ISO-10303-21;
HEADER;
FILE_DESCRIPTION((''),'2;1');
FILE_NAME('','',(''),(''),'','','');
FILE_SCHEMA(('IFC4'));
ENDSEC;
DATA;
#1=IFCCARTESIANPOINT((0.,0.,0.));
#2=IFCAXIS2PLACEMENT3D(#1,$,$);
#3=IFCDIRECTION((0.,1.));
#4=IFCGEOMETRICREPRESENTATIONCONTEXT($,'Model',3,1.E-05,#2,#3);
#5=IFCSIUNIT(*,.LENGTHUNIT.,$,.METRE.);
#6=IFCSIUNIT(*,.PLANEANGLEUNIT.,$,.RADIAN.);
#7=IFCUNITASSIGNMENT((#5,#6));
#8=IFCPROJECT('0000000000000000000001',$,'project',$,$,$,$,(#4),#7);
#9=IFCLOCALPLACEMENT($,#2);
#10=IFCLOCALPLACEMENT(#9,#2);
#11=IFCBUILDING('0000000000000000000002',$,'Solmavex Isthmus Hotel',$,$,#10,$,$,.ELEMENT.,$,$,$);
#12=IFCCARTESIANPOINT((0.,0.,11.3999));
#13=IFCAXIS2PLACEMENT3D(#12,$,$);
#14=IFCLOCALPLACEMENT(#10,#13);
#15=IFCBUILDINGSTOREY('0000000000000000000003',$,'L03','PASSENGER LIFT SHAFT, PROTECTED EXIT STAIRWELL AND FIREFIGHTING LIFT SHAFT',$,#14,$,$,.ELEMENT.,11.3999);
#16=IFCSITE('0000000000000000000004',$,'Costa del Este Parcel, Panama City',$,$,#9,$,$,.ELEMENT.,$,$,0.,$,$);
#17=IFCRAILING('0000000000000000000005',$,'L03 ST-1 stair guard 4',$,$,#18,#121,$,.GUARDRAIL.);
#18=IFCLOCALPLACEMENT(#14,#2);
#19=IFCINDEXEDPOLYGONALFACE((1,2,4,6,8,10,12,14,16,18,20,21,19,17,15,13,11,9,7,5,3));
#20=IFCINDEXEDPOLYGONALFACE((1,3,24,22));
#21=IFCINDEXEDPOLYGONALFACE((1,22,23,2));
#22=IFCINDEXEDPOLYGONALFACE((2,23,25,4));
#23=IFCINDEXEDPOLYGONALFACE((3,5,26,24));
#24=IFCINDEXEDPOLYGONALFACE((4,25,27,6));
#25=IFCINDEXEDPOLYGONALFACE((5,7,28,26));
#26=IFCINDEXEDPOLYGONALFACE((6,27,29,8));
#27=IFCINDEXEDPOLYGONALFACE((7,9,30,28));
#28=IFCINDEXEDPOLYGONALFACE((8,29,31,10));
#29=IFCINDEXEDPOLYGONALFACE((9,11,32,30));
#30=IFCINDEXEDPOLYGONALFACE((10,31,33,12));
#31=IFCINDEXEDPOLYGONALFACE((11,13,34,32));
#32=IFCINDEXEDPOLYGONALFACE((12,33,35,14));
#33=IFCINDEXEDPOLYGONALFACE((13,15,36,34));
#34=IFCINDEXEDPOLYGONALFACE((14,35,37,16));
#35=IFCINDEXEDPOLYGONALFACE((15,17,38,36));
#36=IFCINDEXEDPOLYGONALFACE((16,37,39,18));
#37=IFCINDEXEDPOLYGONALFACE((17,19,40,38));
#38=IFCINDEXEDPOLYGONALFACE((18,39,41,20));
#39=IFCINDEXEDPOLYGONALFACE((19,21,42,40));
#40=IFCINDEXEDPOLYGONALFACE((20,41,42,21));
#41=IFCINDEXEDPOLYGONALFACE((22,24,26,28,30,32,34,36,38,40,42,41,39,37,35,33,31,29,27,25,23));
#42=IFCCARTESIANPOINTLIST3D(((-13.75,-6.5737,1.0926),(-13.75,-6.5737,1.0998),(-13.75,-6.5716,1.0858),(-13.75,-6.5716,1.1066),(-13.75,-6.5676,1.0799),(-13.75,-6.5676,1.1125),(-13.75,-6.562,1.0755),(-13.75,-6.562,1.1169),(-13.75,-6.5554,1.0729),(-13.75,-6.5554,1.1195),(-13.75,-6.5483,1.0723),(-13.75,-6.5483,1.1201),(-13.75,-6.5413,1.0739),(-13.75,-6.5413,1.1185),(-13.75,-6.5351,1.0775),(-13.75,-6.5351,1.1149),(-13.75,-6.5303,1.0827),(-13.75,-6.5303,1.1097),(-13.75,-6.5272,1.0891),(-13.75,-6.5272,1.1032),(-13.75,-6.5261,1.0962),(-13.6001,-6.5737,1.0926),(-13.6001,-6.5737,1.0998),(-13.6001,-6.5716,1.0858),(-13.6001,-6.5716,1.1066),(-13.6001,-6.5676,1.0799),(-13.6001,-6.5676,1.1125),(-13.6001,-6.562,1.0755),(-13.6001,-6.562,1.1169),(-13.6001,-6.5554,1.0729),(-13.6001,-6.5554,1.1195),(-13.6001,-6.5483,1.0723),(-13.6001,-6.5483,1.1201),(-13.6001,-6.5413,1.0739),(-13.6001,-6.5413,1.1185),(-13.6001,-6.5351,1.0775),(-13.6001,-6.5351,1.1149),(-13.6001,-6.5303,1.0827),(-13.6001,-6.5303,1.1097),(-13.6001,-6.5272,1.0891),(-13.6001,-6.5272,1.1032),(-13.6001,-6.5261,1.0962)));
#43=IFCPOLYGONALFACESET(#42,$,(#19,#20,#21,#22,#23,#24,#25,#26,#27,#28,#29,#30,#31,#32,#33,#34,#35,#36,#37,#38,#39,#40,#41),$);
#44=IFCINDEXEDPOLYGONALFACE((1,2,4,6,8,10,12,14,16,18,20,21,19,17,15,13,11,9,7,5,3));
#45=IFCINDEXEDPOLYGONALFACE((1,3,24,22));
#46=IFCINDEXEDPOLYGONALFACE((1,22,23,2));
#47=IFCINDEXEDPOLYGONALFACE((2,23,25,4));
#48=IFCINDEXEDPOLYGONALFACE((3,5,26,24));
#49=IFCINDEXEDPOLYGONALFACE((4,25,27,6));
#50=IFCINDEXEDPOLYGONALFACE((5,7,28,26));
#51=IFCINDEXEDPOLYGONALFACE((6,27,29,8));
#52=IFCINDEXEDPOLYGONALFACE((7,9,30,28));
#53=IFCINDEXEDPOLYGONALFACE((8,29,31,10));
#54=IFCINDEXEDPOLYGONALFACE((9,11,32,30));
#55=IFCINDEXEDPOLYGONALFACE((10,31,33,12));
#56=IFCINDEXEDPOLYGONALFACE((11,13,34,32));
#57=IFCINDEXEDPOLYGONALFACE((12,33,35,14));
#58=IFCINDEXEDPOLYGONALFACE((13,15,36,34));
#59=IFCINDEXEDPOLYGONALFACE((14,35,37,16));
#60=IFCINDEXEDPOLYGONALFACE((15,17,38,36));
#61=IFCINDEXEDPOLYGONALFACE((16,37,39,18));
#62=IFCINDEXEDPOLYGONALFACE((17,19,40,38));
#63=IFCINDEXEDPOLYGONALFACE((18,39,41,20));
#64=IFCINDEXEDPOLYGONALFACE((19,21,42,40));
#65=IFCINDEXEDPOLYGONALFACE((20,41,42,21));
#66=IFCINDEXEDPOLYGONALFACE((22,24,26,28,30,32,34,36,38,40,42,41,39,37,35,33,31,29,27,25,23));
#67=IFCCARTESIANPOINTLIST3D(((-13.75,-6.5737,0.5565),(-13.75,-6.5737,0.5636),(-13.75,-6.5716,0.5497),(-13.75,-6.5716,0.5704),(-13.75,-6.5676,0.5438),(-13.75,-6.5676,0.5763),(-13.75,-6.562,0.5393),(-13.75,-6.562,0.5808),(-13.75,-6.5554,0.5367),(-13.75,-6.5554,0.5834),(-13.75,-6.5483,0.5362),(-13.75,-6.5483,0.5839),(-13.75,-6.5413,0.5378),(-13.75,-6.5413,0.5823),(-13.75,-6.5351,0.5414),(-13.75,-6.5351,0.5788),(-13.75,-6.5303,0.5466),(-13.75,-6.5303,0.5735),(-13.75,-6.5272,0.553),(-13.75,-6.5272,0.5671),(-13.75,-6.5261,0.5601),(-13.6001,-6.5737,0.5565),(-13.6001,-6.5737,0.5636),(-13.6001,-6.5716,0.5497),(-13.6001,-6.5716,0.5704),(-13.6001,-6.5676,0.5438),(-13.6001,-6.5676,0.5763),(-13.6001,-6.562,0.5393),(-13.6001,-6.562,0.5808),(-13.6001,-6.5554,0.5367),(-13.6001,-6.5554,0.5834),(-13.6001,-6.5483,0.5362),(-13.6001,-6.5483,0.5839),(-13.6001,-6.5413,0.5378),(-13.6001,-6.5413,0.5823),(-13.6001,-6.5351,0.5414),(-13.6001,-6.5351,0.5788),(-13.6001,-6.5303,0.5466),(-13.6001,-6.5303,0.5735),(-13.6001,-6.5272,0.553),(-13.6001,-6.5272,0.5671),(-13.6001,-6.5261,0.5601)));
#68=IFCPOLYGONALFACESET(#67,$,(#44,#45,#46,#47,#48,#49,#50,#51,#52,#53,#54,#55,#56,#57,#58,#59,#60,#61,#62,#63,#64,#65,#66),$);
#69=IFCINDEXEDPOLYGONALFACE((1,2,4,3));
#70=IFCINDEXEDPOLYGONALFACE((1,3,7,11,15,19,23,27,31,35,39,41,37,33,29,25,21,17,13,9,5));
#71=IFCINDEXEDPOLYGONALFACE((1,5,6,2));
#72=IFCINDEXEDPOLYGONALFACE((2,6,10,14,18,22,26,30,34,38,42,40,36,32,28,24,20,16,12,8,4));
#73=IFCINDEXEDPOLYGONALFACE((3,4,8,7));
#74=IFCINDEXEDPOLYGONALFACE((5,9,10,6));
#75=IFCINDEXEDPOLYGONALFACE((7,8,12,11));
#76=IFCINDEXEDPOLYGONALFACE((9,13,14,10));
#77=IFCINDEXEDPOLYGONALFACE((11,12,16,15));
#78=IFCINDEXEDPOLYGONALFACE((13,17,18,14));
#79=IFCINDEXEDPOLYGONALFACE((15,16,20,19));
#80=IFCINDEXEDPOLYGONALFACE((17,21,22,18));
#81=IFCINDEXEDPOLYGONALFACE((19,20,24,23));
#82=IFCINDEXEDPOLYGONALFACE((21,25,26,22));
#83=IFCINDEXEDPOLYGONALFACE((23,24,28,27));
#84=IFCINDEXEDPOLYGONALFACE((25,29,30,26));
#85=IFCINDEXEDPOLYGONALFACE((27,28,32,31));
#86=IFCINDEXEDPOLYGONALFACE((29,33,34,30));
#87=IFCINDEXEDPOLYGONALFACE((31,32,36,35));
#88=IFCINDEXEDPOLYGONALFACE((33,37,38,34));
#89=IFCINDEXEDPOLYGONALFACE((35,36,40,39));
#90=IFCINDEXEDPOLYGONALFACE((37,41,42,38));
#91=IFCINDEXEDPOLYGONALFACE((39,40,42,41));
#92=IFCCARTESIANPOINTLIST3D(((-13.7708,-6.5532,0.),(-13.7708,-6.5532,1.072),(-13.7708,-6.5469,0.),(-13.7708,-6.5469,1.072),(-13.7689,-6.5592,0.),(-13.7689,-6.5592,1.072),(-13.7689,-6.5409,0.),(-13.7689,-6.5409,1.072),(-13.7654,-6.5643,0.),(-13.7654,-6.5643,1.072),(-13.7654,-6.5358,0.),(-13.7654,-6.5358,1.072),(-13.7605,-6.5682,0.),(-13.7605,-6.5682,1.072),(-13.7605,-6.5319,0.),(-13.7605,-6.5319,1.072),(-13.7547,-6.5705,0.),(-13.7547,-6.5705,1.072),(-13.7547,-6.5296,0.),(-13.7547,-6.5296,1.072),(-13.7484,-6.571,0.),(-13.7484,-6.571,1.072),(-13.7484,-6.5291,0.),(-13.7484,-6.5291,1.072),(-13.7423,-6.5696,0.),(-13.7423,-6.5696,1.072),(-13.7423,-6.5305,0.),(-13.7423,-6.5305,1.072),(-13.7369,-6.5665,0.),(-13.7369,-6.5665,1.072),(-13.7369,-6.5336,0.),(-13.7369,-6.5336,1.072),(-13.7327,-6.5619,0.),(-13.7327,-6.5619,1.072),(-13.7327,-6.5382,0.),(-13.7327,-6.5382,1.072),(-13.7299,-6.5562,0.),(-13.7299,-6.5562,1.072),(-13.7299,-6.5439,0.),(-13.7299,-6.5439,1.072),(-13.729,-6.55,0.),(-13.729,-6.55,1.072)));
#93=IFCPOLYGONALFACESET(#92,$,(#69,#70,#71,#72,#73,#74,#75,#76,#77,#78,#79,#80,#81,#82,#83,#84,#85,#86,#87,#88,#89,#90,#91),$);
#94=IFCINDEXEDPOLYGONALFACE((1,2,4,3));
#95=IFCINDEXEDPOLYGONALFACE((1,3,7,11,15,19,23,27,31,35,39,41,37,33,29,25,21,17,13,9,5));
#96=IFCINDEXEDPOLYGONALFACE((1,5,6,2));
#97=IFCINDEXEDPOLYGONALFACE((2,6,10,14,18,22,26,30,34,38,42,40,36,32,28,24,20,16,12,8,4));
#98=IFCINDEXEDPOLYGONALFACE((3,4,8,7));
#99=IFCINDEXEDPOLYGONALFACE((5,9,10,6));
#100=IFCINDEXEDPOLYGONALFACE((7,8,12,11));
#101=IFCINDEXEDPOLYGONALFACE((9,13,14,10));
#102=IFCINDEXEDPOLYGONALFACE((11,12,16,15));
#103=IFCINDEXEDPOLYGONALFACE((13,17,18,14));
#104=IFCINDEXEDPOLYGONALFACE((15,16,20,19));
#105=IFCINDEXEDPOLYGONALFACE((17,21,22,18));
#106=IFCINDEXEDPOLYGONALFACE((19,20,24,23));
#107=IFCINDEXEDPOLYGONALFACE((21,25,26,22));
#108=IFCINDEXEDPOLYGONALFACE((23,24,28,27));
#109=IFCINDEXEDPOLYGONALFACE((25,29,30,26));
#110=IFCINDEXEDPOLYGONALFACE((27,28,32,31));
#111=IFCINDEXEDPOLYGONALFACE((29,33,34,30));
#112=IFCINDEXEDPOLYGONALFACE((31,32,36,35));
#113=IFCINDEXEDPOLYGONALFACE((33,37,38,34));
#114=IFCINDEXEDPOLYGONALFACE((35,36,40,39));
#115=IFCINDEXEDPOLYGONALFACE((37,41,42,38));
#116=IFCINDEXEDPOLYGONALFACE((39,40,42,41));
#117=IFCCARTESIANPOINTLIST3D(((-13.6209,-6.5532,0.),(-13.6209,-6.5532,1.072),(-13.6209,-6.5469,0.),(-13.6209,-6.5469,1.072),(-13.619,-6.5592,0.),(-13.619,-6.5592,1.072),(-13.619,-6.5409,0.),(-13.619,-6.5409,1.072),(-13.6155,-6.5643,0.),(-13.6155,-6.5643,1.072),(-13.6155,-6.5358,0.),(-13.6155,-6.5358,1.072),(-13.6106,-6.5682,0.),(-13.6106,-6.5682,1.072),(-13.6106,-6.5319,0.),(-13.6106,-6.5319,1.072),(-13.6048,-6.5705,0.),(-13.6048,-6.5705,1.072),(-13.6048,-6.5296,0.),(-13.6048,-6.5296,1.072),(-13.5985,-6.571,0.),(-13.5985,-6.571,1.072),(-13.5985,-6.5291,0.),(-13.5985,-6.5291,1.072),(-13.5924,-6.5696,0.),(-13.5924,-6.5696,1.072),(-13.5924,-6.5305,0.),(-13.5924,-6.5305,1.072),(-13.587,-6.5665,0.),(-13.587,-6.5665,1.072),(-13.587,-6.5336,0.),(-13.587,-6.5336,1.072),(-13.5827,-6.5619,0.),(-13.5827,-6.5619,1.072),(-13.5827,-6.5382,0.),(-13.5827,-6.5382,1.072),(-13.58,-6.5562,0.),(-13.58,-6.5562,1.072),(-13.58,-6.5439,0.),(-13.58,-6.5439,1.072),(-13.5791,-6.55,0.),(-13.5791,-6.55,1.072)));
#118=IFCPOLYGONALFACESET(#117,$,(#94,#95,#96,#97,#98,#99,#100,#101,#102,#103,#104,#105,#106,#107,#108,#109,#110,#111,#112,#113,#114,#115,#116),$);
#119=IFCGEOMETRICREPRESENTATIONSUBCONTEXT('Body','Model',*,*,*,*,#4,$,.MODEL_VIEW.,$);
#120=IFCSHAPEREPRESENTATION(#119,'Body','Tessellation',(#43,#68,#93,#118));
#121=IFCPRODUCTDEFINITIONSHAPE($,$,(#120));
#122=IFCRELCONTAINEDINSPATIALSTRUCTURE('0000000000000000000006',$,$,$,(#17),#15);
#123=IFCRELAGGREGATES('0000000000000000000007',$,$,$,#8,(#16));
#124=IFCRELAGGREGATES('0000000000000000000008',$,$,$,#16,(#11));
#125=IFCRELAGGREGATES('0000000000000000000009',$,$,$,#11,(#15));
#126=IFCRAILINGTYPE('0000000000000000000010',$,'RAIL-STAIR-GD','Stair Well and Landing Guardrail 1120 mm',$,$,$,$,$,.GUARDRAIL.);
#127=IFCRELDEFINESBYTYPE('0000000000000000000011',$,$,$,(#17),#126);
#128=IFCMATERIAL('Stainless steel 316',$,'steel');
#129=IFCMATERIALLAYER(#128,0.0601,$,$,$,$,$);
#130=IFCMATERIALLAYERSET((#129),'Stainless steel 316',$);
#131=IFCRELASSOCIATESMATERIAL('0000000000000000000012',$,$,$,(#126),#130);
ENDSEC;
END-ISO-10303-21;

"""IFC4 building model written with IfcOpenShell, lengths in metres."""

from ifc_helpers import new_model, si_unit, direction, frame, origin, origin_2d, place, context, subcontext, project, spatial, circle, extrude, material, layer, layer_set, type_object, element, save


model = new_model("IFC4")

# Units and contexts
model_context = context("Model", 3, precision=1e-05, world=origin(), true_north=direction((0.0, 1.0)))
body_context = subcontext(model_context, "Body", "Model", "MODEL_VIEW")
ifc_project = project(units=[si_unit("LENGTHUNIT", "METRE"), si_unit("PLANEANGLEUNIT", "RADIAN")], contexts=[model_context])

# Site, building, storey
site_placement = place(None, origin())
site = spatial("IfcSite", under=ifc_project, at=site_placement, Name="Costa del Este Parcel, Panama City", CompositionType="ELEMENT", RefElevation=0.0)
building_placement = place(site_placement, origin())
building = spatial("IfcBuilding", under=site, at=building_placement, Name="Solmavex Isthmus Hotel", CompositionType="ELEMENT")
storey_placement = place(building_placement, frame((0.0, 0.0, 11.3999)))
storey = spatial("IfcBuildingStorey", under=building, at=storey_placement, Name="L03", Description="PASSENGER LIFT SHAFT, PROTECTED EXIT STAIRWELL AND FIREFIGHTING LIFT SHAFT", CompositionType="ELEMENT", Elevation=11.3999)

# Shared definitions
ifc_material_1 = material(Name="Stainless steel 316", Category="steel")

# Railing
ifc_layer_1 = layer(ifc_material_1, 0.0601)
ifc_layer_set_1 = layer_set([ifc_layer_1], Name="Stainless steel 316")
railing_type_1 = type_object("IfcRailingType", Name="RAIL-STAIR-GD", Description="Stair Well and Landing Guardrail 1120 mm", PredefinedType="GUARDRAIL", material=ifc_layer_set_1)
railing_1_placement = place(storey_placement, frame((-13.75, -6.55, 0.0)))
element("IfcRailing", 1, at=railing_1_placement, inside=storey, type_object=railing_type_1, Name="L03 ST-1 stair guard 4", PredefinedType="GUARDRAIL", context=body_context, shape_type="SweptSolid", body=[
    extrude(circle(Radius=0.0239, at=origin_2d()), frame((0.0, 0.0, 1.0962), z_axis=(1.0, 0.0, 0.0), x_axis=(0.0, 1.0, 0.0)), (0.0, 0.0, 1.0), 0.1499),
    extrude(circle(Radius=0.0239, at=origin_2d()), frame((0.0, 0.0, 0.5601), z_axis=(1.0, 0.0, 0.0), x_axis=(0.0, 1.0, 0.0)), (0.0, 0.0, 1.0), 0.1499),
    extrude(circle(Radius=0.021, at=origin_2d()), origin(), (0.0, 0.0, 1.0), 1.072),
    extrude(circle(Radius=0.021, at=origin_2d()), frame((0.1499, 0.0, 0.0)), (0.0, 0.0, 1.0), 1.072),
])

save(model, "model.ifc")
